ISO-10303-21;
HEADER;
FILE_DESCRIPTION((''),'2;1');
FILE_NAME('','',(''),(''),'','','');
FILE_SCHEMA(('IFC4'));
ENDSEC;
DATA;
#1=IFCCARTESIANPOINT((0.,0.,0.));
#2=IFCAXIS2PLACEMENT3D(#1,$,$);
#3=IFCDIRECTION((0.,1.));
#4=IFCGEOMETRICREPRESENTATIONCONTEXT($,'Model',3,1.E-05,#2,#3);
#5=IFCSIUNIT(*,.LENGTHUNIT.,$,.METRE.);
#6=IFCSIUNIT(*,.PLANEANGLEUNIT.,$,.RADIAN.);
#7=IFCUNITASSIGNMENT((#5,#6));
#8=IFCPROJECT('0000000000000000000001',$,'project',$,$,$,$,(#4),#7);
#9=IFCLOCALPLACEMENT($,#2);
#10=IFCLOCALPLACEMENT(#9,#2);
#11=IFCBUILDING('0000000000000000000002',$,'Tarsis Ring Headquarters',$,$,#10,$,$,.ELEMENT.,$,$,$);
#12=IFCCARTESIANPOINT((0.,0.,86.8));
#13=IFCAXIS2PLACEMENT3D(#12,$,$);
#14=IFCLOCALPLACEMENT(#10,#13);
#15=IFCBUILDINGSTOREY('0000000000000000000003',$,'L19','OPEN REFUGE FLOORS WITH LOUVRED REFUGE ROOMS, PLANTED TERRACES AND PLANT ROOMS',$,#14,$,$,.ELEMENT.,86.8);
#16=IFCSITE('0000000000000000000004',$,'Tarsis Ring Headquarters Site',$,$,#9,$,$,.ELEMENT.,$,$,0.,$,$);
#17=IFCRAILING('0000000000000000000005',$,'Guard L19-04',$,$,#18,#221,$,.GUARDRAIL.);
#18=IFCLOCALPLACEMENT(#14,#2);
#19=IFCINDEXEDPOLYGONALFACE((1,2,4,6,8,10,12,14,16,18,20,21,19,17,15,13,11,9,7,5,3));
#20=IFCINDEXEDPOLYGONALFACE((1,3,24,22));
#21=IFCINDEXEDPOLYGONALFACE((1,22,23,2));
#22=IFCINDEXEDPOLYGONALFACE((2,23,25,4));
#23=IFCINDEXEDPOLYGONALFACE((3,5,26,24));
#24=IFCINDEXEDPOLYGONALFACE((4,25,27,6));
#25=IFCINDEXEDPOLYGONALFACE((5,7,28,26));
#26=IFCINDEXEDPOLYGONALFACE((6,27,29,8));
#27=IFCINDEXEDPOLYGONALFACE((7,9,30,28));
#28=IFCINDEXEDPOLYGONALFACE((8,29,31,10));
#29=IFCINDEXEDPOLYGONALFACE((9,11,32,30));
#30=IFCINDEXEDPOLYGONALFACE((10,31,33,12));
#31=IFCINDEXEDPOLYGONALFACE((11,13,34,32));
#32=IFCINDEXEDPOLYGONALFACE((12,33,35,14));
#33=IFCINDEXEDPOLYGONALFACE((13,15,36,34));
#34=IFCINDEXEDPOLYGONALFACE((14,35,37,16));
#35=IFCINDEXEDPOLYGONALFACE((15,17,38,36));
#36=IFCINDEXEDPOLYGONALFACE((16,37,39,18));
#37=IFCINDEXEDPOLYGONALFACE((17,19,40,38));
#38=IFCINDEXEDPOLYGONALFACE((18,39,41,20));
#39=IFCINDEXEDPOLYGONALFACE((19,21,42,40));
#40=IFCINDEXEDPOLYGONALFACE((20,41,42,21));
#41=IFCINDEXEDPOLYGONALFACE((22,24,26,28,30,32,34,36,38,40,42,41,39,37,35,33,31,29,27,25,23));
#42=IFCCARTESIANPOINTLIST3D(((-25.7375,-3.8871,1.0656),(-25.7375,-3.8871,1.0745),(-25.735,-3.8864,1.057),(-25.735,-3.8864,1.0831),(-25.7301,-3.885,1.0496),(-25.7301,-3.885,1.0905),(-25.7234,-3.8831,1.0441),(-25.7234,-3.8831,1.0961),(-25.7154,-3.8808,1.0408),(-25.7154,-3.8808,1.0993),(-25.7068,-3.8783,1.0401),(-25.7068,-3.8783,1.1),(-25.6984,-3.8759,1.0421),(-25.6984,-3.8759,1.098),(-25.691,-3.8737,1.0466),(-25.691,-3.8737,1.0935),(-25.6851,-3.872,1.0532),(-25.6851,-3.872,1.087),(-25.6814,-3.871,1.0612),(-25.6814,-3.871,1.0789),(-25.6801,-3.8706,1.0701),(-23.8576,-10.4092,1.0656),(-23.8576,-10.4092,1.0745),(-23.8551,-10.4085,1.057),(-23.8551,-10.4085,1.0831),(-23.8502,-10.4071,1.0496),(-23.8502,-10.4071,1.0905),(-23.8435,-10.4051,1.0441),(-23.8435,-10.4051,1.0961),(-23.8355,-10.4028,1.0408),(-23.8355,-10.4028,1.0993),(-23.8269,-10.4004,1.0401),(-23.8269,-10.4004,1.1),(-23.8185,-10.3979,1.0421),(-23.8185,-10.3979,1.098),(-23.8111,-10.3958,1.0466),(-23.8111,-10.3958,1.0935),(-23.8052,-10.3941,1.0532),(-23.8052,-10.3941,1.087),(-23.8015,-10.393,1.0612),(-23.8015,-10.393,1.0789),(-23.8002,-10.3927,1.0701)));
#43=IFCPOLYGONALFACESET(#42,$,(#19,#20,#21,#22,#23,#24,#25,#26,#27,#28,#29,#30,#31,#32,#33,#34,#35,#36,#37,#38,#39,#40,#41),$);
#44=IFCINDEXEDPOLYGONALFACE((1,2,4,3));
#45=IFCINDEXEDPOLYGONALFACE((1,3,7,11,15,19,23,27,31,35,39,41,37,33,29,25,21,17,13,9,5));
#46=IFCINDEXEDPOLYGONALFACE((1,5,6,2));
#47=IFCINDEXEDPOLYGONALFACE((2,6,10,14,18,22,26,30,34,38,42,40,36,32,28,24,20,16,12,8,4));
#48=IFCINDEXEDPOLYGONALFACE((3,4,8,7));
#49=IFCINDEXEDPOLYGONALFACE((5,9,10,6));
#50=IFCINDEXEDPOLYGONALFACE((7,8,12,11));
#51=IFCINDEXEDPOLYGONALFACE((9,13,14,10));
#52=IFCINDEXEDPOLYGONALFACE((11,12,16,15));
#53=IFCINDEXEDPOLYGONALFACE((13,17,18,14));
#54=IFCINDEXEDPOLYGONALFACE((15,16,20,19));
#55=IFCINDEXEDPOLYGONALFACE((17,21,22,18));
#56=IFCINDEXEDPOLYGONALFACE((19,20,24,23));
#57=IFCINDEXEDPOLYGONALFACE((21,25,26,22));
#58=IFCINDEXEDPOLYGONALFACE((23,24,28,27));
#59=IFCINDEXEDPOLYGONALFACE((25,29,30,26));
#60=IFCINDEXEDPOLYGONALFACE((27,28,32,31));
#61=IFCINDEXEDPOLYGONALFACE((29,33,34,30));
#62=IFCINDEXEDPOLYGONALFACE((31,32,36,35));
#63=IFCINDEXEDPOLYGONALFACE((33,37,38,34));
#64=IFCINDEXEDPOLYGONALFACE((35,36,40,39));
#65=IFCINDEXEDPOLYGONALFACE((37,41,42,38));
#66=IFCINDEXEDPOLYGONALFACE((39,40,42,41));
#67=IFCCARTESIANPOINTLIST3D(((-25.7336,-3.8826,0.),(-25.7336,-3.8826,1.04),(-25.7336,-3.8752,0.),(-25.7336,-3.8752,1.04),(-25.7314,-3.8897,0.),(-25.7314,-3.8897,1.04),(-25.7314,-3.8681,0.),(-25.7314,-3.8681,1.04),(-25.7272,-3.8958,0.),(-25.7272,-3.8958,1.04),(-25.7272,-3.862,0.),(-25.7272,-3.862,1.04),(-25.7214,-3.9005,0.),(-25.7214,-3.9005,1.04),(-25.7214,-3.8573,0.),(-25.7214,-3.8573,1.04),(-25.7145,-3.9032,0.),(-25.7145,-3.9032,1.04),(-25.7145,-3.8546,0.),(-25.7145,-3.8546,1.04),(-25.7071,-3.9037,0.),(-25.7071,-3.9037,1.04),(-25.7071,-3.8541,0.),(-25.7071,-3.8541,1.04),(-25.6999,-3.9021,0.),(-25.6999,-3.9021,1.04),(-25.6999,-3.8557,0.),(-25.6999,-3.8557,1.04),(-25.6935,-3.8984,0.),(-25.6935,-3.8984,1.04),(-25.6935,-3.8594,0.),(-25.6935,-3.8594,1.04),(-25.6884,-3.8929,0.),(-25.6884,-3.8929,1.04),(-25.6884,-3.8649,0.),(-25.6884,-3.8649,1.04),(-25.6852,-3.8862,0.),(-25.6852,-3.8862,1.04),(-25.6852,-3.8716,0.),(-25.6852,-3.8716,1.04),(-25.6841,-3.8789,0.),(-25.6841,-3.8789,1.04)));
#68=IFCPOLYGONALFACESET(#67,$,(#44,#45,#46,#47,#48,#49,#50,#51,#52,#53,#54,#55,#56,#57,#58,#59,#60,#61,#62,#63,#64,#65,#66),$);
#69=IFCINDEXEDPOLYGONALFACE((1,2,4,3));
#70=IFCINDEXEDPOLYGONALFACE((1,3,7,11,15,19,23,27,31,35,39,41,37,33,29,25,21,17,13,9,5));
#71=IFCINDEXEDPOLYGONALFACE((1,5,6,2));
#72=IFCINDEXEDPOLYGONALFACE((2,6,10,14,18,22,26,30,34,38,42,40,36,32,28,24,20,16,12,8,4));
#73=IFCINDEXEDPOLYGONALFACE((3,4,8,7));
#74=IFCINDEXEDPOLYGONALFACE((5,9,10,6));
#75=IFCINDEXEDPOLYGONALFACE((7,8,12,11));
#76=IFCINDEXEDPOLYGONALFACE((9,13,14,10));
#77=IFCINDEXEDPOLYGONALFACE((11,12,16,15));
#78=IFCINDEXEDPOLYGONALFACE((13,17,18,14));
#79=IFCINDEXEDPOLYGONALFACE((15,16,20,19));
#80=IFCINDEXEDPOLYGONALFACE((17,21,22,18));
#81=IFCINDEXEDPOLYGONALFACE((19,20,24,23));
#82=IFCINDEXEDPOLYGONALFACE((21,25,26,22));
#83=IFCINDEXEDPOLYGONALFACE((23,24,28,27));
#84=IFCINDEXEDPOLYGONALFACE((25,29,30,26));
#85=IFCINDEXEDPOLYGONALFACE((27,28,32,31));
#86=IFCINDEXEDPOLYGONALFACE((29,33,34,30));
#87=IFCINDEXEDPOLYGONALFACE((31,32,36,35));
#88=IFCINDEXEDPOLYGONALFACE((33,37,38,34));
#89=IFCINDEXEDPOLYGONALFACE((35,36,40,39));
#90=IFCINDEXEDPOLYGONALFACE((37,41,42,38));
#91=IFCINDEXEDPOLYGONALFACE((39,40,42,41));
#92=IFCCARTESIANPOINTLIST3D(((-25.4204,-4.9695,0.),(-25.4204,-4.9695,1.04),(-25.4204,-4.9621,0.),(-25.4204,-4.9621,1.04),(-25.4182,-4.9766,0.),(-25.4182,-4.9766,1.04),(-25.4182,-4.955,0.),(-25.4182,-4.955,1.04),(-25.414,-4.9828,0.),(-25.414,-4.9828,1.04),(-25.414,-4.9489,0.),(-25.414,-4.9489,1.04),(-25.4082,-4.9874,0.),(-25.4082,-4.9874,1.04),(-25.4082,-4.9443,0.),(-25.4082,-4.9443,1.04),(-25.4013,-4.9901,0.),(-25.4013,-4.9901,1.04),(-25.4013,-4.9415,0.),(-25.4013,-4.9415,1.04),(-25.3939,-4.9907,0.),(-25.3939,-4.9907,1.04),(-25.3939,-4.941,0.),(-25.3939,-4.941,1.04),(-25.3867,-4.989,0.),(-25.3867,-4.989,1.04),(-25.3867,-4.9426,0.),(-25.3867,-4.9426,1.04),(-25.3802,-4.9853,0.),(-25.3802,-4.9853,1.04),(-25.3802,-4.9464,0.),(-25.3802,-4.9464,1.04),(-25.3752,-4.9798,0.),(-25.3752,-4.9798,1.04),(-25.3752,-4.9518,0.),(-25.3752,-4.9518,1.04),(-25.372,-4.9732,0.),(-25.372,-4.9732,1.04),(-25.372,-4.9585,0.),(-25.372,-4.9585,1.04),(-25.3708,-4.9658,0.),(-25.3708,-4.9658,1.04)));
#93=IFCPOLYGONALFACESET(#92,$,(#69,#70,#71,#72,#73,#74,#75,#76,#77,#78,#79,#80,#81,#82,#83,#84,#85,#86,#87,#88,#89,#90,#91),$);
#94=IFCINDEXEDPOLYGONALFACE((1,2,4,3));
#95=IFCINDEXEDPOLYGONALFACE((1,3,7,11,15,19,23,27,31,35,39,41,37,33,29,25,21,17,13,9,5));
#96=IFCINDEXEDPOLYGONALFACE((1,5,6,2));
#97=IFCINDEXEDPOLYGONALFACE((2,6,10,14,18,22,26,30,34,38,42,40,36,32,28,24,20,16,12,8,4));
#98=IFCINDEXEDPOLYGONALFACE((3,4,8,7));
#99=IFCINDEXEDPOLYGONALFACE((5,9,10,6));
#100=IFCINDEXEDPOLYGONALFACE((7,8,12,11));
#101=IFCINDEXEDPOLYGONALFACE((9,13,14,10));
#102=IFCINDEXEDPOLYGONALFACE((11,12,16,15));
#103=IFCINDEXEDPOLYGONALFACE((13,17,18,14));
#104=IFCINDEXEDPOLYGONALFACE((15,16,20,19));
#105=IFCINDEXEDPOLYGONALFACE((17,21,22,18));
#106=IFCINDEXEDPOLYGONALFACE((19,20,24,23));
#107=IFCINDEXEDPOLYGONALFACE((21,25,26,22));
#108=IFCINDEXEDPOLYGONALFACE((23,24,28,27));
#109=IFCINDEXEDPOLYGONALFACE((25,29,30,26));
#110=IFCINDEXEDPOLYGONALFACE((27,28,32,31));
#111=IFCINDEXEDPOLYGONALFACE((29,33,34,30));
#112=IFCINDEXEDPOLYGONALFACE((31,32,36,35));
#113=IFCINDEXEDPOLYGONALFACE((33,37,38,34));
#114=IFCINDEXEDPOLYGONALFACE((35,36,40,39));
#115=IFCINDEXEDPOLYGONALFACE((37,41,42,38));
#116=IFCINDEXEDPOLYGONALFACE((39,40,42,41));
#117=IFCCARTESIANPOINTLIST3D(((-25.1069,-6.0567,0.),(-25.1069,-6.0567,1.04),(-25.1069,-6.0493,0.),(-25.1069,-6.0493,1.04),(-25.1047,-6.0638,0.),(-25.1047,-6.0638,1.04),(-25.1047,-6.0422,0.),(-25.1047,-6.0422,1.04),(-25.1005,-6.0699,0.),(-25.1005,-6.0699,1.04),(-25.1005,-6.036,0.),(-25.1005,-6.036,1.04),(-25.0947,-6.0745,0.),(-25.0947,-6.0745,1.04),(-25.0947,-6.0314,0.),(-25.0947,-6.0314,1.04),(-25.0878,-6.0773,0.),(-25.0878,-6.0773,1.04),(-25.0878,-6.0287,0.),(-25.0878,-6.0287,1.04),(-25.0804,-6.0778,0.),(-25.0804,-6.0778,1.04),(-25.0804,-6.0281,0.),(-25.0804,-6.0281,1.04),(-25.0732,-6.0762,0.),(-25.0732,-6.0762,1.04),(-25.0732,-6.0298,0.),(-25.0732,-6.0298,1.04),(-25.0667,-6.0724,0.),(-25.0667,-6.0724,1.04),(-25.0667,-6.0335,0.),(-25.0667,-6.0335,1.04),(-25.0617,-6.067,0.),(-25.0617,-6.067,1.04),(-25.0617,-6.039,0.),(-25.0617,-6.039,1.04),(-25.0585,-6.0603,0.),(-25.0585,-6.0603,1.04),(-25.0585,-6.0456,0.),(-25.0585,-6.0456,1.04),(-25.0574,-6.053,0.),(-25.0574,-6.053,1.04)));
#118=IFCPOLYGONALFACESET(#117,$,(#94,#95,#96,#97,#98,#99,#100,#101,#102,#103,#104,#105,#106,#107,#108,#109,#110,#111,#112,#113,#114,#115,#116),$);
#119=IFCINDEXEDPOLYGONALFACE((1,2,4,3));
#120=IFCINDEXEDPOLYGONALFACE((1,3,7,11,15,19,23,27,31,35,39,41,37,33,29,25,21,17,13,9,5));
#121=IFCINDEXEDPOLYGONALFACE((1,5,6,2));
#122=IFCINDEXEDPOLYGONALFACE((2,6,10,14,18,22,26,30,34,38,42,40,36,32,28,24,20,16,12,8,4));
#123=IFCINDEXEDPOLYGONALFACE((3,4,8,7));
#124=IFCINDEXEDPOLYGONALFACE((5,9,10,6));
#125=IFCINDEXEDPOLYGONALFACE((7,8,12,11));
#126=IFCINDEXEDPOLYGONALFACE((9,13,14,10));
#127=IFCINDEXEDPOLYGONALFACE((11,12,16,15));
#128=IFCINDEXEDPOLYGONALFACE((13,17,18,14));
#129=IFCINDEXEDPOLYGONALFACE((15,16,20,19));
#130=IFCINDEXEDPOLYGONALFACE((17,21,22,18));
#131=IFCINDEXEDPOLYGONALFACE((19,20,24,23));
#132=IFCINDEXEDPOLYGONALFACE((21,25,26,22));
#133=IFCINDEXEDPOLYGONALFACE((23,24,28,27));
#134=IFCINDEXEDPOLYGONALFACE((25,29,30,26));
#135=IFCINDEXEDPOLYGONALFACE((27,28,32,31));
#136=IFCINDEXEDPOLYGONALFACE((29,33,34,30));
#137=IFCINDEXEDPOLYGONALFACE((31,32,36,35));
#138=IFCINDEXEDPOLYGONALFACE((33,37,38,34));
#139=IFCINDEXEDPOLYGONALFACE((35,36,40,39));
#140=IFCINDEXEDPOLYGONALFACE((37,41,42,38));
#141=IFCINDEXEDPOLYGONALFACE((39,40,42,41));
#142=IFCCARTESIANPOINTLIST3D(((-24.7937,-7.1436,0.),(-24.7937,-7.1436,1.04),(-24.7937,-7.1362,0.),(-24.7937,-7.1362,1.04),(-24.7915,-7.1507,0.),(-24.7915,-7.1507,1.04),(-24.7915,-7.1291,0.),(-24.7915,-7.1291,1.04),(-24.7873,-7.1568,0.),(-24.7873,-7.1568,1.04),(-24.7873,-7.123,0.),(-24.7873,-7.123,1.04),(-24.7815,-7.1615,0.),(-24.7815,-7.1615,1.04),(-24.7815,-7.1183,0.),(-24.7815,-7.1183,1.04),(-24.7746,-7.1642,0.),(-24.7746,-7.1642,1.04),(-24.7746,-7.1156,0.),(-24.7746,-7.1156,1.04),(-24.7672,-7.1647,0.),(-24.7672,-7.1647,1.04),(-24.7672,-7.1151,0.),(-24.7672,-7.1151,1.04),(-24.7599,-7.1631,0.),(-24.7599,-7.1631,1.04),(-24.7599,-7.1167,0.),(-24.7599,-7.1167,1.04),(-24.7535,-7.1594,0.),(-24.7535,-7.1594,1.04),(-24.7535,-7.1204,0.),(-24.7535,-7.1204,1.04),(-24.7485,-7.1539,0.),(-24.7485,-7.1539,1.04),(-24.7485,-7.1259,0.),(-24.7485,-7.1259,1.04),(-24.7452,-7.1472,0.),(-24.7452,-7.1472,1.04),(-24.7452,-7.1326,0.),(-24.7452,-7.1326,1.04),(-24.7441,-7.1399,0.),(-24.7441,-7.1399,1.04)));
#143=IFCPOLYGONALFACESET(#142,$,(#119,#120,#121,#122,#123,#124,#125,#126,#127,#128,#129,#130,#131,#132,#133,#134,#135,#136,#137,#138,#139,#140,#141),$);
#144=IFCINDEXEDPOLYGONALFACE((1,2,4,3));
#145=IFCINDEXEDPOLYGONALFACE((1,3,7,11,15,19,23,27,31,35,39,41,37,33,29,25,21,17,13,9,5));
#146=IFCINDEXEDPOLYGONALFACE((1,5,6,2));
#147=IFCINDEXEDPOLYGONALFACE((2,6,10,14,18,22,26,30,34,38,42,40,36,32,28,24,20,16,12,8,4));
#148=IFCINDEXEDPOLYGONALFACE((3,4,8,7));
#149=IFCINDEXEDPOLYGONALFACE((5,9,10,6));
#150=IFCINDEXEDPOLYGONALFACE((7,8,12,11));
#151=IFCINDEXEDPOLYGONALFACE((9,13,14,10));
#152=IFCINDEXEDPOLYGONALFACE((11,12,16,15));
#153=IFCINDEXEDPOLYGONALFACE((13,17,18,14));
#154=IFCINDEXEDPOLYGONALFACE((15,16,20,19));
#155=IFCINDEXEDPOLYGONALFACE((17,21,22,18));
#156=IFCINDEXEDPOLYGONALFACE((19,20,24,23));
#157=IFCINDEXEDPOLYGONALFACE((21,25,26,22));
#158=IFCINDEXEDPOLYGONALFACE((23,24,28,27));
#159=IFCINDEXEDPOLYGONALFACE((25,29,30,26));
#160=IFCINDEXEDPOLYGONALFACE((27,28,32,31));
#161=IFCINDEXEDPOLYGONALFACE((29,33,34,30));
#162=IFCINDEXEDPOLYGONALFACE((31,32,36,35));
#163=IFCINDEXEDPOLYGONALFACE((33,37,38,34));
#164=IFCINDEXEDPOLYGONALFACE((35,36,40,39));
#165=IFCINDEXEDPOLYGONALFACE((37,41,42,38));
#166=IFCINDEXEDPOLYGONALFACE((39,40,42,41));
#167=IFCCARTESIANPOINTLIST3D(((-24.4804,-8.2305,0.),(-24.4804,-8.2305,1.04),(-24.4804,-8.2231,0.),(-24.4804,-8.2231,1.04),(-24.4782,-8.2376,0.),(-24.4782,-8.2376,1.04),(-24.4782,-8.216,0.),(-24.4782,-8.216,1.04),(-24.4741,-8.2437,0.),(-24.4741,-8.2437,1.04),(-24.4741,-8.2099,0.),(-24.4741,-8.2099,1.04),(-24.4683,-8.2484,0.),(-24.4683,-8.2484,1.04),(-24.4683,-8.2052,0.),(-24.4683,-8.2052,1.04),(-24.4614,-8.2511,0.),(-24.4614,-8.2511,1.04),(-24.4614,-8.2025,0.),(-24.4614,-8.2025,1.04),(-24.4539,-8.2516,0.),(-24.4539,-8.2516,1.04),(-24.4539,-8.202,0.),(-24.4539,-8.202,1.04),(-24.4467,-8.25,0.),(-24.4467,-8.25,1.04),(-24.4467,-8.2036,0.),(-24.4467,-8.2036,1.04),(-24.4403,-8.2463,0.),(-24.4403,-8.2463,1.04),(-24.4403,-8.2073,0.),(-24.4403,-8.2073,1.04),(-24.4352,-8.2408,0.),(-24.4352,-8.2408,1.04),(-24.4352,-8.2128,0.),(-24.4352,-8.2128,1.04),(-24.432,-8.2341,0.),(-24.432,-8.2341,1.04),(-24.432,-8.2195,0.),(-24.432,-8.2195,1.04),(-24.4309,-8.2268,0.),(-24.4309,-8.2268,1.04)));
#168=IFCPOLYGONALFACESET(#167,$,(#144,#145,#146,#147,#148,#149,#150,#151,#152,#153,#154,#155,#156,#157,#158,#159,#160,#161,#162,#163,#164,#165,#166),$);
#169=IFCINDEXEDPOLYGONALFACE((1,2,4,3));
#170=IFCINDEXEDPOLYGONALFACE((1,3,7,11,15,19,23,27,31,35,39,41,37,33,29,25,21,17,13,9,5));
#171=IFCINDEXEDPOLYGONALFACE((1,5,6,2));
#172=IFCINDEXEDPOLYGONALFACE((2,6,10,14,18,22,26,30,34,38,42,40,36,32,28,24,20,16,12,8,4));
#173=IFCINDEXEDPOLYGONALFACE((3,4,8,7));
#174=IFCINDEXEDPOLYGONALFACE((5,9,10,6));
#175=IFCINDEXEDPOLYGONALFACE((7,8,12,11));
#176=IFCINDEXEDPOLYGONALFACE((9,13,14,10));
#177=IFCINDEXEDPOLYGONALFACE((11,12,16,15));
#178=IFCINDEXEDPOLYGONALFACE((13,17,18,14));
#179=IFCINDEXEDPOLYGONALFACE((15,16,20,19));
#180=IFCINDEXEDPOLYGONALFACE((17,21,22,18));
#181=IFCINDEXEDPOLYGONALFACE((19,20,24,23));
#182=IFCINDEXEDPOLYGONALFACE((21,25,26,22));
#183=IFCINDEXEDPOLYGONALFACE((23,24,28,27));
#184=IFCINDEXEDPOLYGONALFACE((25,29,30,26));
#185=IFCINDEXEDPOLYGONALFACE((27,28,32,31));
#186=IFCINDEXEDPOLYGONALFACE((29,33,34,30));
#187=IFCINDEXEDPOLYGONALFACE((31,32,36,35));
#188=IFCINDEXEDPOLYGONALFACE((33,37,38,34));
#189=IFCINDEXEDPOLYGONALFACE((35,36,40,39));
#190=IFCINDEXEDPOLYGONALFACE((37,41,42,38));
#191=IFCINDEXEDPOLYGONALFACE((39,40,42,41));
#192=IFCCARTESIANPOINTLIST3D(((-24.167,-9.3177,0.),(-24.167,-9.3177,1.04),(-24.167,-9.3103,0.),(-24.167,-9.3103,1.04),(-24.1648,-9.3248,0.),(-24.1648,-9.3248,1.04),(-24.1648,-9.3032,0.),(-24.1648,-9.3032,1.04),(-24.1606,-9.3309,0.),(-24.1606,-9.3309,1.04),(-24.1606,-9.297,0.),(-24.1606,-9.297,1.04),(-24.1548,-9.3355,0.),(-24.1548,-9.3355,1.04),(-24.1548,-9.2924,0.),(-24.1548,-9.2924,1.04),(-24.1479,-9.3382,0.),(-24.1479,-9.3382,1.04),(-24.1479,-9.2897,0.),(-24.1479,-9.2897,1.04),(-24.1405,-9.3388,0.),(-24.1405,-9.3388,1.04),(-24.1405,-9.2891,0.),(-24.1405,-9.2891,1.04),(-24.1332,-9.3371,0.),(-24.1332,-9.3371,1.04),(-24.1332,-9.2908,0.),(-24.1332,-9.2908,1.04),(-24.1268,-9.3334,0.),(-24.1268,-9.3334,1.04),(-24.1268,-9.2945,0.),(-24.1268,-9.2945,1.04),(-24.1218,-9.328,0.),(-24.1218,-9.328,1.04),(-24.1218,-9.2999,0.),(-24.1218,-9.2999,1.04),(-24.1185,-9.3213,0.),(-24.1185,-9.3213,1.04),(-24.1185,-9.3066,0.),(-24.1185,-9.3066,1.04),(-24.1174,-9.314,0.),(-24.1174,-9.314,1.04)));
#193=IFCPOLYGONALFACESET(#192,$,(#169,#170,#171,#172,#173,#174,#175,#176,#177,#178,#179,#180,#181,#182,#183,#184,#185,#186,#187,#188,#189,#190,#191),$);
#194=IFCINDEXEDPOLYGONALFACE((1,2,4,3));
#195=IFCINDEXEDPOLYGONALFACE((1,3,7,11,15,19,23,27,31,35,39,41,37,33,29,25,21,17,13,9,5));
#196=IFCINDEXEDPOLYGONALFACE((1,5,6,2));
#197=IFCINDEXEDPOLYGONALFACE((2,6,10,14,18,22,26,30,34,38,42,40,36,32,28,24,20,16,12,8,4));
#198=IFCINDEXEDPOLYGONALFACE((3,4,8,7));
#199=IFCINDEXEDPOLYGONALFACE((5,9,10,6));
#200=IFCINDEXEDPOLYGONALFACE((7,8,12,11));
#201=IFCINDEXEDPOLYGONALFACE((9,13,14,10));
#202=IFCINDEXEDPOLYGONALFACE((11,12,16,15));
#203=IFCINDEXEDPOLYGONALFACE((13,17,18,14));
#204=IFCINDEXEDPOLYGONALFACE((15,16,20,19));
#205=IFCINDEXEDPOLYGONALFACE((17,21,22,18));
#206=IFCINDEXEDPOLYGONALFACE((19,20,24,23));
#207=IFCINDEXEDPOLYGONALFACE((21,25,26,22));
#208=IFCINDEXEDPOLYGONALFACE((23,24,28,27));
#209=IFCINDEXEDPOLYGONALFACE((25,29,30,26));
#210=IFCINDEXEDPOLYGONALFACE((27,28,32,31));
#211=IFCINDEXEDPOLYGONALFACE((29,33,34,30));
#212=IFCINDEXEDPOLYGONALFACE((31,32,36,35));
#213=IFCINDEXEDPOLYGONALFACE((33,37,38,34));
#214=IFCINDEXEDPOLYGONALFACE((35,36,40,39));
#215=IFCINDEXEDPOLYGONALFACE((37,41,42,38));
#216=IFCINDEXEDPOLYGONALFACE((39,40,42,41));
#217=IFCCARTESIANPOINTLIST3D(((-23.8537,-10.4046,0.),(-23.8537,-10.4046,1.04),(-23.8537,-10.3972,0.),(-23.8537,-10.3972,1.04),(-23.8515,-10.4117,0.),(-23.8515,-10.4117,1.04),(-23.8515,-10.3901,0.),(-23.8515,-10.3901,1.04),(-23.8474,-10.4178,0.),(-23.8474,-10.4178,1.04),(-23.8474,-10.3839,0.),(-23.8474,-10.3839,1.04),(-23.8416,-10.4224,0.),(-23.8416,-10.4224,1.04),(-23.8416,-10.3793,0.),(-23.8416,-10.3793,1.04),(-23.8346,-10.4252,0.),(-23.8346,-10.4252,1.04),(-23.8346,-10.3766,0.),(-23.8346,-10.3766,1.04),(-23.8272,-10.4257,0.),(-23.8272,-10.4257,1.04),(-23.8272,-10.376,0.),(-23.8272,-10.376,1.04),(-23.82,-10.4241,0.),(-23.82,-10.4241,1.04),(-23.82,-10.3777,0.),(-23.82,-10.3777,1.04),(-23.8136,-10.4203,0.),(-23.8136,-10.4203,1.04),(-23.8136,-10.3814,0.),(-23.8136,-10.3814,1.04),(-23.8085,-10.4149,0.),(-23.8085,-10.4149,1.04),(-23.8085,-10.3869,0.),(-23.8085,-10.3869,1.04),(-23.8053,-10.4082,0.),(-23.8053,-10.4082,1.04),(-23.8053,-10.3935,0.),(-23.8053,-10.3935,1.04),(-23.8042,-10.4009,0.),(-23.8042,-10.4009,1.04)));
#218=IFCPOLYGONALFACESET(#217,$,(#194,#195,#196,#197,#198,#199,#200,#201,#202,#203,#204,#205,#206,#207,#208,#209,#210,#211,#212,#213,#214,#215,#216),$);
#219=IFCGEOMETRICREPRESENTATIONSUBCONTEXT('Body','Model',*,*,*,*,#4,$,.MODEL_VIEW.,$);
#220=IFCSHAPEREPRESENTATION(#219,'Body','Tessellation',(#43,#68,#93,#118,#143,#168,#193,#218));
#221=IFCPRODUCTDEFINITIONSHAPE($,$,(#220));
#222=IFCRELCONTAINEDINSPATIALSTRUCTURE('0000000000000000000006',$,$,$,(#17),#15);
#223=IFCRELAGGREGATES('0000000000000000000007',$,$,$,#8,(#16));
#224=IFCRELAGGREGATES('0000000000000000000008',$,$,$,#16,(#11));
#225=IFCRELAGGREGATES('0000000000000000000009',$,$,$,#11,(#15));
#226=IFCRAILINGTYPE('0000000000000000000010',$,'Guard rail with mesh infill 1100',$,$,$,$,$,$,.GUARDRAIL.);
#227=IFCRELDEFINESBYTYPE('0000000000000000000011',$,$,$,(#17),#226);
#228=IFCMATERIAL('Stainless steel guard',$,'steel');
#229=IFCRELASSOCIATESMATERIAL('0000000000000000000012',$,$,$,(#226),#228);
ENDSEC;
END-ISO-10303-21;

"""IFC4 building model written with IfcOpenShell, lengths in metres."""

from ifc_helpers import new_model, si_unit, direction, frame, origin, origin_2d, place, context, subcontext, project, spatial, circle, extrude, material, type_object, element, save


model = new_model("IFC4")

# Units and contexts
model_context = context("Model", 3, precision=1e-05, world=origin(), true_north=direction((0.0, 1.0)))
body_context = subcontext(model_context, "Body", "Model", "MODEL_VIEW")
ifc_project = project(units=[si_unit("LENGTHUNIT", "METRE"), si_unit("PLANEANGLEUNIT", "RADIAN")], contexts=[model_context])

# Site, building, storey
site_placement = place(None, origin())
site = spatial("IfcSite", under=ifc_project, at=site_placement, Name="Tarsis Ring Headquarters Site", CompositionType="ELEMENT", RefElevation=0.0)
building_placement = place(site_placement, origin())
building = spatial("IfcBuilding", under=site, at=building_placement, Name="Tarsis Ring Headquarters", CompositionType="ELEMENT")
storey_placement = place(building_placement, frame((0.0, 0.0, 86.8)))
storey = spatial("IfcBuildingStorey", under=building, at=storey_placement, Name="L19", Description="OPEN REFUGE FLOORS WITH LOUVRED REFUGE ROOMS, PLANTED TERRACES AND PLANT ROOMS", CompositionType="ELEMENT", Elevation=86.8)

# Railing
ifc_material_1 = material(Name="Stainless steel guard", Category="steel")
railing_type_1 = type_object("IfcRailingType", Name="Guard rail with mesh infill 1100", PredefinedType="GUARDRAIL", material=ifc_material_1)
railing_1_placement = place(storey_placement, frame((-25.709, -3.8789, 0.0)))
element("IfcRailing", 1, at=railing_1_placement, inside=storey, type_object=railing_type_1, Name="Guard L19-04", PredefinedType="GUARDRAIL", context=body_context, shape_type="SweptSolid", body=[
    extrude(circle(Radius=0.03, at=origin_2d()), frame((0.0, 0.0, 1.0701), z_axis=(0.276963, -0.960881, 0.0), x_axis=(0.960881, 0.276963, 0.0)), (0.0, 0.0, 1.0), 6.7876),
    extrude(circle(Radius=0.0249, at=origin_2d()), origin(), (0.0, 0.0, 1.0), 1.04),
    extrude(circle(Radius=0.0249, at=origin_2d()), frame((0.3132, -1.0869, 0.0)), (0.0, 0.0, 1.0), 1.04),
    extrude(circle(Radius=0.0249, at=origin_2d()), frame((0.6267, -2.1741, 0.0)), (0.0, 0.0, 1.0), 1.04),
    extrude(circle(Radius=0.0249, at=origin_2d()), frame((0.9399, -3.261, 0.0)), (0.0, 0.0, 1.0), 1.04),
    extrude(circle(Radius=0.0249, at=origin_2d()), frame((1.2532, -4.3479, 0.0)), (0.0, 0.0, 1.0), 1.04),
    extrude(circle(Radius=0.0249, at=origin_2d()), frame((1.5667, -5.4351, 0.0)), (0.0, 0.0, 1.0), 1.04),
    extrude(circle(Radius=0.0249, at=origin_2d()), frame((1.8799, -6.522, 0.0)), (0.0, 0.0, 1.0), 1.04),
])

save(model, "model.ifc")
